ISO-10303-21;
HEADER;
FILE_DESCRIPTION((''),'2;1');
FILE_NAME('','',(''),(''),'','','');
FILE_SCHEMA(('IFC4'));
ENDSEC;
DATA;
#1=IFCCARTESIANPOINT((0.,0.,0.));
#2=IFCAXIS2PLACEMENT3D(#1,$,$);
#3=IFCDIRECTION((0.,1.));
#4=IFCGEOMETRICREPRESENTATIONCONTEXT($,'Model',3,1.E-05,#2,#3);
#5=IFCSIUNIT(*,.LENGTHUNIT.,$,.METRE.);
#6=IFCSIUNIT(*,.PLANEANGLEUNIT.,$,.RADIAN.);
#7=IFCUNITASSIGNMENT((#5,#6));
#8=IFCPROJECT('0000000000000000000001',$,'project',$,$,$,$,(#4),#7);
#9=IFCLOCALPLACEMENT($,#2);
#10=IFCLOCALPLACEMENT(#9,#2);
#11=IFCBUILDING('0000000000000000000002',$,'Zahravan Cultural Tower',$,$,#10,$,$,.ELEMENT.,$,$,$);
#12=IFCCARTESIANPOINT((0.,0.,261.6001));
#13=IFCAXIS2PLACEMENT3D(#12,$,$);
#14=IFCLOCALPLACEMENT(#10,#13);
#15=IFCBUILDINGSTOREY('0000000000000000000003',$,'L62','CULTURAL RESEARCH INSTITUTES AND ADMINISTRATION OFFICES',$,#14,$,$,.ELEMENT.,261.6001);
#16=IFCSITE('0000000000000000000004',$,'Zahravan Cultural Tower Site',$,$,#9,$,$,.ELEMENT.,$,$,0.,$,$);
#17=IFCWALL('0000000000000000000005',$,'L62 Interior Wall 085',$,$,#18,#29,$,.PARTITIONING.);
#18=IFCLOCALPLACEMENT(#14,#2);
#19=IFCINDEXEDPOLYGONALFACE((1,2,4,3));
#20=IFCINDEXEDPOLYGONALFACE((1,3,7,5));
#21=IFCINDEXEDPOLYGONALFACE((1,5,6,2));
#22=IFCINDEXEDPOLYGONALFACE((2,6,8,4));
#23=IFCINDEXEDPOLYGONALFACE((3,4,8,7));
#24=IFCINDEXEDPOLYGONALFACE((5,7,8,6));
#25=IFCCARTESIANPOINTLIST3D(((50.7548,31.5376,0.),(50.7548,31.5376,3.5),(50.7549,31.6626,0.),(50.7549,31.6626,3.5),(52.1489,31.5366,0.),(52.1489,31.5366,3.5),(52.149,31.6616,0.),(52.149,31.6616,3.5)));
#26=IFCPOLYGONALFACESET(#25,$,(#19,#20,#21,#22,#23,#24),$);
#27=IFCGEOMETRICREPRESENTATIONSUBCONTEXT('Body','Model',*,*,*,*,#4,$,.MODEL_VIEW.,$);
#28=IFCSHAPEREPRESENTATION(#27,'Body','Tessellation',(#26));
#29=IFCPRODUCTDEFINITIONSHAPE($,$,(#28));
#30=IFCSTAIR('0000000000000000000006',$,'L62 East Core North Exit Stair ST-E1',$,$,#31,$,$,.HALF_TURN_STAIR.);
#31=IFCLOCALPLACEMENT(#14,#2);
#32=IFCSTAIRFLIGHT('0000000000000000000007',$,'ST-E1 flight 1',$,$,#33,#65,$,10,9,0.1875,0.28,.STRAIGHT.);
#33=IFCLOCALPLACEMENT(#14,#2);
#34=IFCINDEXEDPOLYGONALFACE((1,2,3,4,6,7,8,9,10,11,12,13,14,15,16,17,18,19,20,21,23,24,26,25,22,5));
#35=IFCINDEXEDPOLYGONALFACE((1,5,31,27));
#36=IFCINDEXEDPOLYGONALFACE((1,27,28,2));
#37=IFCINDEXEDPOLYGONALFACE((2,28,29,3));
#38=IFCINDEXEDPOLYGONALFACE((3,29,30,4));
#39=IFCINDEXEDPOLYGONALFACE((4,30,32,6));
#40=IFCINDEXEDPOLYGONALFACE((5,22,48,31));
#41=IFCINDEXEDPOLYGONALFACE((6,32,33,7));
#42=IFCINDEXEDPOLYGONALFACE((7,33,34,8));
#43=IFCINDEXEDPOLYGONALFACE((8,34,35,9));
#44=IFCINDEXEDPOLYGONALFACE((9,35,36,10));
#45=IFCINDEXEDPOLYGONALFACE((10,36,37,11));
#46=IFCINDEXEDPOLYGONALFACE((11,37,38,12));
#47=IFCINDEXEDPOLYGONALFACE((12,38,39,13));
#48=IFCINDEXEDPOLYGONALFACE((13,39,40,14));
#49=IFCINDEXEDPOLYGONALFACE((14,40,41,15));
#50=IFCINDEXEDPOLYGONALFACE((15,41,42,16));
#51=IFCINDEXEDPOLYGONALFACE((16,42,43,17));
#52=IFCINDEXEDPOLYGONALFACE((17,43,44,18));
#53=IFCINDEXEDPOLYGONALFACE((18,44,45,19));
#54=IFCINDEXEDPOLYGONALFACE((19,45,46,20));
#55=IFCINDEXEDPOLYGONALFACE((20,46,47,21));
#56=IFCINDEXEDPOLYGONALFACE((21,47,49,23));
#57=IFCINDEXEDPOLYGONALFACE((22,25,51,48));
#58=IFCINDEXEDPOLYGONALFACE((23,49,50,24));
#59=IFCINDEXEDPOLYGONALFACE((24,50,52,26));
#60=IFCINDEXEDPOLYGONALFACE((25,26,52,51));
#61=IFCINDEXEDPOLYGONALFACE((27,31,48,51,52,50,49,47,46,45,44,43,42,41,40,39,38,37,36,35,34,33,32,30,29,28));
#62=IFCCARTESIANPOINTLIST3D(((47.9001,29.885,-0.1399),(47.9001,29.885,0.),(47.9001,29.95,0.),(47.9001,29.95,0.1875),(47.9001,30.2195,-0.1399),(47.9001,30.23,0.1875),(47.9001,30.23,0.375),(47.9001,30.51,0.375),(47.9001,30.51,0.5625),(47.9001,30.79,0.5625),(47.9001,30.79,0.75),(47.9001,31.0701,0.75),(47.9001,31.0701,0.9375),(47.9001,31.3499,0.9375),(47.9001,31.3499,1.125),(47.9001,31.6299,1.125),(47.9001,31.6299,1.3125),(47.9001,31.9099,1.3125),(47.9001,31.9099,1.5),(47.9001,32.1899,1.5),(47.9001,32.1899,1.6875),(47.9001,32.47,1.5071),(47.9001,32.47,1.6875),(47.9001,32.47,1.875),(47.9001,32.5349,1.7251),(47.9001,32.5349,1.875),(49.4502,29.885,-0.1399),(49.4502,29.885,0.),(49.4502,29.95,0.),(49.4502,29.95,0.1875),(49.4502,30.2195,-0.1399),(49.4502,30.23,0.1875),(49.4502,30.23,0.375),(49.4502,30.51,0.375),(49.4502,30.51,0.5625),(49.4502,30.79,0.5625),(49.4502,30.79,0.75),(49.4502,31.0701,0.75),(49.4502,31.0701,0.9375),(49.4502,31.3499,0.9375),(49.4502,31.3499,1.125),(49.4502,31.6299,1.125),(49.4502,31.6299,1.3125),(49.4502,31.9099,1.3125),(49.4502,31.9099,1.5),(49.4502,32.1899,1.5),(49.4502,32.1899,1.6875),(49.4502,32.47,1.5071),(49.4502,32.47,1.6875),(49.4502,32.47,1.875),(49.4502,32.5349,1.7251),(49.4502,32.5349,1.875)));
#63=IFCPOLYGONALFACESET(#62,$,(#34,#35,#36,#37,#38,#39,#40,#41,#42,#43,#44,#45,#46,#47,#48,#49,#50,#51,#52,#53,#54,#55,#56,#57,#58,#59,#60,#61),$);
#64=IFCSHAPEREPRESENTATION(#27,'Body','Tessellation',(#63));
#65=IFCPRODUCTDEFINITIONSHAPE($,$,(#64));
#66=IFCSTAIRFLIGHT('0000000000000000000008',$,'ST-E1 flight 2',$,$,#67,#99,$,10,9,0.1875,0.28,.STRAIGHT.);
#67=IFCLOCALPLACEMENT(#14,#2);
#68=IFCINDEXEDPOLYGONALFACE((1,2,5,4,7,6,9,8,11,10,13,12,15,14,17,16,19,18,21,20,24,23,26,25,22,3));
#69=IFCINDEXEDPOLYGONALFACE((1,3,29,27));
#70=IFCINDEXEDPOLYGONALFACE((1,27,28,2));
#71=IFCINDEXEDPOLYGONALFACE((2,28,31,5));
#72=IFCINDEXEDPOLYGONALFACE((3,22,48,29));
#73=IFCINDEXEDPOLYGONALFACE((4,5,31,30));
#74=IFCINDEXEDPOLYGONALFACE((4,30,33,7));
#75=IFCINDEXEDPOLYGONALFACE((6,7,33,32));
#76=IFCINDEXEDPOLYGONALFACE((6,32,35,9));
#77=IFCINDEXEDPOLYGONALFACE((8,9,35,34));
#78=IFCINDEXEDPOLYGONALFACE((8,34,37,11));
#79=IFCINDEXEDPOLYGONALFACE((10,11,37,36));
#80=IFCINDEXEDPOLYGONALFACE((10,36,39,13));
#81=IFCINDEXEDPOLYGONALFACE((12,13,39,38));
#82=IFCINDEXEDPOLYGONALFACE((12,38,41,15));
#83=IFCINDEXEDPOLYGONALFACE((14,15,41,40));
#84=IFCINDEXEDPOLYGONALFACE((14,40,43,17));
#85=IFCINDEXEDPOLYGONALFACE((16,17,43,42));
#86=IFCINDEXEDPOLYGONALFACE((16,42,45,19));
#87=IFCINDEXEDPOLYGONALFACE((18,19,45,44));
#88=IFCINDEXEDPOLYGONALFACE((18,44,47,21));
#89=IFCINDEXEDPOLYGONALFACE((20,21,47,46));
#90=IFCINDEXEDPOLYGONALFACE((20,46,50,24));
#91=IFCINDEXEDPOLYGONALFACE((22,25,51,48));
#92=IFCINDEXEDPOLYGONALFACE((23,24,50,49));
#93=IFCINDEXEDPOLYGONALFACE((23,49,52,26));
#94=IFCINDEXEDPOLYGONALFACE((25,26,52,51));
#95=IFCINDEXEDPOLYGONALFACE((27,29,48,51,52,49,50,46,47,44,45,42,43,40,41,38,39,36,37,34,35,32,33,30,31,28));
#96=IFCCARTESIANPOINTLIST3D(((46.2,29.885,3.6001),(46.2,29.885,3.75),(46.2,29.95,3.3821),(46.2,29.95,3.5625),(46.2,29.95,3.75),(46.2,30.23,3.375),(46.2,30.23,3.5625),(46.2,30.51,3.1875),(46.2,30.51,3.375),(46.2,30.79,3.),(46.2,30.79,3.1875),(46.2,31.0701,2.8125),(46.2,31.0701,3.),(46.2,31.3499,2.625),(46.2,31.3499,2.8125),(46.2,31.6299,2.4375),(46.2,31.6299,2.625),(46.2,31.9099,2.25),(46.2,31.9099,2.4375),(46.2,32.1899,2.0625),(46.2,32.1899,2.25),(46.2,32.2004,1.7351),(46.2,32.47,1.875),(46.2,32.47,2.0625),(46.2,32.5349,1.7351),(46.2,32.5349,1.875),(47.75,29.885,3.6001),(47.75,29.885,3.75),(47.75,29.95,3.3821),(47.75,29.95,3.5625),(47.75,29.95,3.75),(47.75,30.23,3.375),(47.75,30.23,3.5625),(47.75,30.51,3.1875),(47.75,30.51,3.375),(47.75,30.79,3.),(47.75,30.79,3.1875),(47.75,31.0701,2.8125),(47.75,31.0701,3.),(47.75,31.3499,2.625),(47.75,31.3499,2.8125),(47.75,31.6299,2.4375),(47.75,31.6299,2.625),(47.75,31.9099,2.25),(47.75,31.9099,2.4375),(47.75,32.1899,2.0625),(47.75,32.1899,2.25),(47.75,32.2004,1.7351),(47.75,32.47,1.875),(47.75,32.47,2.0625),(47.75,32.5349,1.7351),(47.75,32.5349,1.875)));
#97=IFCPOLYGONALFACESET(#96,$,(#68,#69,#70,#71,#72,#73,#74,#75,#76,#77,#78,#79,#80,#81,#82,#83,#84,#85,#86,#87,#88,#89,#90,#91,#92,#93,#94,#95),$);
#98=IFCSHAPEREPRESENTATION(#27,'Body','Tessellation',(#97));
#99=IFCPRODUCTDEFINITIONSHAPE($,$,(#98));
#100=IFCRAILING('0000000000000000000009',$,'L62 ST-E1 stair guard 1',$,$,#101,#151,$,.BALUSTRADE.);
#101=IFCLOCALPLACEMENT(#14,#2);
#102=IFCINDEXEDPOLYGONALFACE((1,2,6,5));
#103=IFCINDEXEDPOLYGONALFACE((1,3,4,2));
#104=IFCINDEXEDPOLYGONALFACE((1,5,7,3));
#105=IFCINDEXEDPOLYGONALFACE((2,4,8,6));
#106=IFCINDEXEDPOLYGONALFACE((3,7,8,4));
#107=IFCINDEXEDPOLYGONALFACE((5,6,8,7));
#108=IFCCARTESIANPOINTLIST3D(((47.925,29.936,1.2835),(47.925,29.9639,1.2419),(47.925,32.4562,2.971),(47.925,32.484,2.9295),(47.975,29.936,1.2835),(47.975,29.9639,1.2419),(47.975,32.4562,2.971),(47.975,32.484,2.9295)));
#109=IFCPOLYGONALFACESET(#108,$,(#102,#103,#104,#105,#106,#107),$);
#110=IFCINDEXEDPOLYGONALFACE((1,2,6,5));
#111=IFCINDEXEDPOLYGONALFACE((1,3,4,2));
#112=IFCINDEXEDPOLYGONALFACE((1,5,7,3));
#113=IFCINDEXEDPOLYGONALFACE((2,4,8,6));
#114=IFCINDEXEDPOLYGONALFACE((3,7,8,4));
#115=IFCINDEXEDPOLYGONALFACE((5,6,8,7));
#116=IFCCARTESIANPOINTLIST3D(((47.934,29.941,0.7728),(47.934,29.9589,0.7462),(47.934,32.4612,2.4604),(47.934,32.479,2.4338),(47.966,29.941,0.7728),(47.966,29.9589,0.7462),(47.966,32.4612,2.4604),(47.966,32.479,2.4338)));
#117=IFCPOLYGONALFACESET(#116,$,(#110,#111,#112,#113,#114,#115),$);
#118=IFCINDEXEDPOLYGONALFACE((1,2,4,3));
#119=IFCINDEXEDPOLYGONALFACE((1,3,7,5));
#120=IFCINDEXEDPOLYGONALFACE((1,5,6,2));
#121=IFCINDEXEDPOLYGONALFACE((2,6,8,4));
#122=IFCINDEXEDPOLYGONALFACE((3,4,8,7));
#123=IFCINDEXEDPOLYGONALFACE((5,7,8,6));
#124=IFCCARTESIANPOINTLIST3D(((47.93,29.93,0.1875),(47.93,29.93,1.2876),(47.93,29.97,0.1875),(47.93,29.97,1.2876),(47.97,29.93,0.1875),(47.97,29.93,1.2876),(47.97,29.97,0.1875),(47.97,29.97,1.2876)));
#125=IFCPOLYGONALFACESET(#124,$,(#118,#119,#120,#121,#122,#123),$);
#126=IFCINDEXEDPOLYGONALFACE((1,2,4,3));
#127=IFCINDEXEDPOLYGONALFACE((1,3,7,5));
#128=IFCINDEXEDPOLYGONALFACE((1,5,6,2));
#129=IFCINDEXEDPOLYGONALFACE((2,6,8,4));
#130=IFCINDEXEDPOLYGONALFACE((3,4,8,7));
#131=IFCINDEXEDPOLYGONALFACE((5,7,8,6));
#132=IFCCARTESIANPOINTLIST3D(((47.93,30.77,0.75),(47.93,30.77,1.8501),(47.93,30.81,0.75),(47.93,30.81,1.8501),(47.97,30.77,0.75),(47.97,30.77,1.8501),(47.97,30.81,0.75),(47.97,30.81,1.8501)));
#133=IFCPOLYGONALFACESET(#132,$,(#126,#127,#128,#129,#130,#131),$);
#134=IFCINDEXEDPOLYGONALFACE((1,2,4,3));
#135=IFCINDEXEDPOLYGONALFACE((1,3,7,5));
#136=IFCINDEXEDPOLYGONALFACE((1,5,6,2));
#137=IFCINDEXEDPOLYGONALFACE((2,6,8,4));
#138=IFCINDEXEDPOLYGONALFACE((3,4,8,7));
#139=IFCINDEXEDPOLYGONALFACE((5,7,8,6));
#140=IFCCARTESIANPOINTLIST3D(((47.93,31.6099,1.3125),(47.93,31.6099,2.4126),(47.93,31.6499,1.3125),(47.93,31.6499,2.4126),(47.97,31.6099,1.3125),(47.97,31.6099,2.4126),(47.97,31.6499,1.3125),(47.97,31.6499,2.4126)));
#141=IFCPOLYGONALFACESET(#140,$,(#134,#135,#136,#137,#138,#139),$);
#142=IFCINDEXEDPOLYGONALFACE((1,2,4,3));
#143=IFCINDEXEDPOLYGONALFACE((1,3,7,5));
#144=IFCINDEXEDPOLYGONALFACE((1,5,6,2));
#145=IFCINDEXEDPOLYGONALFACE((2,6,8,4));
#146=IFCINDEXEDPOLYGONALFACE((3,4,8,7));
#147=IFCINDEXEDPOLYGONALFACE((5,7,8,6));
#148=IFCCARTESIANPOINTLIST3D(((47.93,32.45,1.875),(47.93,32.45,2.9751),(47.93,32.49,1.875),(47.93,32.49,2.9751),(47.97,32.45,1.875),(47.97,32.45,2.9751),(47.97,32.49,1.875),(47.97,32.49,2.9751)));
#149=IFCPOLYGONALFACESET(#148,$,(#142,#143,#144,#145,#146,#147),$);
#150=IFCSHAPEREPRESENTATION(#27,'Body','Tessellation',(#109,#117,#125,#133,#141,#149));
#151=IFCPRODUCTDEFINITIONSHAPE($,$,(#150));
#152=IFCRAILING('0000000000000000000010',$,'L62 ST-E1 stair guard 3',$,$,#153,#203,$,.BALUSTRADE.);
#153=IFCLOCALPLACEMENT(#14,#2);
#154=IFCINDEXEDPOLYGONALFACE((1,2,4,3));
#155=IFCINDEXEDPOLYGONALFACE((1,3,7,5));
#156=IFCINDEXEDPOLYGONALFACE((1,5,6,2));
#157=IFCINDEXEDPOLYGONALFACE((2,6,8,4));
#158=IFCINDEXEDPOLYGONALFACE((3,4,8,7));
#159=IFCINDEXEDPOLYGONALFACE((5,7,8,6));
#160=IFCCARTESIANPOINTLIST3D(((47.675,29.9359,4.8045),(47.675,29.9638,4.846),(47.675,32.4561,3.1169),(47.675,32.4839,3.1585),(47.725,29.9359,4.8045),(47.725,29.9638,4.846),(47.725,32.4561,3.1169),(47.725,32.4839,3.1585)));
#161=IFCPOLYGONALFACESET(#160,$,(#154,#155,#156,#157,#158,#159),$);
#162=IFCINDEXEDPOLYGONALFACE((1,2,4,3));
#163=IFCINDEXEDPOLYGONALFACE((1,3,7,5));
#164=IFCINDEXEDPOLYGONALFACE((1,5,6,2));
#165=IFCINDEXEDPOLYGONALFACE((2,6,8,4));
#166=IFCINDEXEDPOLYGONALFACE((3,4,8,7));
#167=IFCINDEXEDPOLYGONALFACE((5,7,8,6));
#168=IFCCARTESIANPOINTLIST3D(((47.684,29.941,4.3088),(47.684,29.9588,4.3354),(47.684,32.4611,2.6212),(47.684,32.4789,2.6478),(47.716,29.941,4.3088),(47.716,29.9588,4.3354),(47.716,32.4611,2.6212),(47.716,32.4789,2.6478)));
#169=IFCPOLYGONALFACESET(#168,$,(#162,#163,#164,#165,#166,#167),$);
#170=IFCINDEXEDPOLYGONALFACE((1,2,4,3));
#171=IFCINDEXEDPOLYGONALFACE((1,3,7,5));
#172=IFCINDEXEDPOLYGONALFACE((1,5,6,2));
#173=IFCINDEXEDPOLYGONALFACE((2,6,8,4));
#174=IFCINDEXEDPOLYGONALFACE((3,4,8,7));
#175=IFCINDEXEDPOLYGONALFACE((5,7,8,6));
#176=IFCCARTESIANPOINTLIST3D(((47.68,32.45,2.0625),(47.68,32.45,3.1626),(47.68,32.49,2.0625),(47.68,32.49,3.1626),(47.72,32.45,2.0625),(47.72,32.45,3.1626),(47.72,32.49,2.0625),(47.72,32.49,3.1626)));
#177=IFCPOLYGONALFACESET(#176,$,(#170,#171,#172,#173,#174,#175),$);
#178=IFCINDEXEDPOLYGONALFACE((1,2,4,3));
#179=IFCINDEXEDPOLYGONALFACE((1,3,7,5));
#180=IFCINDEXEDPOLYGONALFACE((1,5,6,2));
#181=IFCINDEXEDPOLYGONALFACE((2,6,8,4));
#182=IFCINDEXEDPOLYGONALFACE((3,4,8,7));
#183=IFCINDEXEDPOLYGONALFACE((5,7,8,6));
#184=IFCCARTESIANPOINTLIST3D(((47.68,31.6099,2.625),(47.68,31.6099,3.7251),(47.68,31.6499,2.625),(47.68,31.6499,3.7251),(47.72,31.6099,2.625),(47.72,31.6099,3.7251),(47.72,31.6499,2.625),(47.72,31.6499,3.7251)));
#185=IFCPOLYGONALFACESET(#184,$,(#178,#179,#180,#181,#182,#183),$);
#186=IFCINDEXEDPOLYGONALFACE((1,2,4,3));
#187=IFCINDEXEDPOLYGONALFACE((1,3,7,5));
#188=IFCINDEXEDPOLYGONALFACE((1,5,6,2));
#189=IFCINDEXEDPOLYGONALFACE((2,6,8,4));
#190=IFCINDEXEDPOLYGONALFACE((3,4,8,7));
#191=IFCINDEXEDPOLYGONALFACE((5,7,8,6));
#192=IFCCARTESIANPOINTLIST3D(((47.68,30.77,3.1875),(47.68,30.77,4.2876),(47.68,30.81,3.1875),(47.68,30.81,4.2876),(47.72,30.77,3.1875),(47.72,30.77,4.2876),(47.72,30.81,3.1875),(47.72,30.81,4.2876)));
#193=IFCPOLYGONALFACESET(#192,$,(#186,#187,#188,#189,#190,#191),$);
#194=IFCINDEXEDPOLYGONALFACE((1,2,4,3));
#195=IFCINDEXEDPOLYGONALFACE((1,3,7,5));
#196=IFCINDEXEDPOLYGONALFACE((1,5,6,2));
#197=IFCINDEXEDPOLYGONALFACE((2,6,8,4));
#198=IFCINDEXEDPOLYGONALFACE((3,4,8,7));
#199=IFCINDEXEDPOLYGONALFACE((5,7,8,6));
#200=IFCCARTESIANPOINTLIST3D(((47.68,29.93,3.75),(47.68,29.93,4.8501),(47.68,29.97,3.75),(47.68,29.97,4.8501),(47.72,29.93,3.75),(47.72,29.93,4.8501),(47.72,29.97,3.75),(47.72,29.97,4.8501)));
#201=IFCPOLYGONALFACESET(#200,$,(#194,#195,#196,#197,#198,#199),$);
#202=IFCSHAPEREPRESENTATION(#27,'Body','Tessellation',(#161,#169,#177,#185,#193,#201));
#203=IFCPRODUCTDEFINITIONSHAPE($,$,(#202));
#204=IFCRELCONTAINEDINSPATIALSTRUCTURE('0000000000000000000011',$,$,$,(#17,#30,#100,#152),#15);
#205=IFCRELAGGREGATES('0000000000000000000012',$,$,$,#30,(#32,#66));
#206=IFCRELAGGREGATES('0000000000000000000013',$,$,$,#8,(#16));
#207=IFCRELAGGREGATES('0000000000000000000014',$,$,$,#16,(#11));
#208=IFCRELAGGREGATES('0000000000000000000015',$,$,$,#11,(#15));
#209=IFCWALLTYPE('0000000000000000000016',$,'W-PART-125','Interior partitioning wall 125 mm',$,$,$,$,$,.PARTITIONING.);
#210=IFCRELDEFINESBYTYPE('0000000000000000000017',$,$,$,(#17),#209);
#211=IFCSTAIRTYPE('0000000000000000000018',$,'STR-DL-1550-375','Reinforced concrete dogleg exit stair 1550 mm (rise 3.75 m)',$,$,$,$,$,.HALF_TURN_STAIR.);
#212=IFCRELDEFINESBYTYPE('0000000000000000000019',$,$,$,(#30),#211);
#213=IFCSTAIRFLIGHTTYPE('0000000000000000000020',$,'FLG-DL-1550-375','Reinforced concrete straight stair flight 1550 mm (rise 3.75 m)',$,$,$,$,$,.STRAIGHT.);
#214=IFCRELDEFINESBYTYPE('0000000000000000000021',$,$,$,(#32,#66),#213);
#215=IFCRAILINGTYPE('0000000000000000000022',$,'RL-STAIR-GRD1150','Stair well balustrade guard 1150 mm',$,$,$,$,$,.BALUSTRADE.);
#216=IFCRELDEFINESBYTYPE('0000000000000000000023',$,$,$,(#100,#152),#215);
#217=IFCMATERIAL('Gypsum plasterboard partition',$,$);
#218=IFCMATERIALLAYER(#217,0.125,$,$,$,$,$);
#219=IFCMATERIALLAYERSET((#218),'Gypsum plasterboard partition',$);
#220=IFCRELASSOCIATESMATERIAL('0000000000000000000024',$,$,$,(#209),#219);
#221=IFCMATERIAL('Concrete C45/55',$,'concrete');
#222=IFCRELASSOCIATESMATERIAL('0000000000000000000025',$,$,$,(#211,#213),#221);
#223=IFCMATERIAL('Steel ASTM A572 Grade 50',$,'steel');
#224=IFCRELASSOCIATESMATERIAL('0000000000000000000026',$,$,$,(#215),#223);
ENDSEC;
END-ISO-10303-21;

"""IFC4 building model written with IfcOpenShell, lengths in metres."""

from ifc_helpers import new_model, si_unit, direction, frame, frame_2d, origin, origin_2d, place, context, subcontext, project, spatial, polyline, rectangle, outline, extrude, source, transform, mapped, material, layer, layer_set, type_object, element, aggregate, save


model = new_model("IFC4")

# Units and contexts
model_context = context("Model", 3, precision=1e-05, world=origin(), true_north=direction((0.0, 1.0)))
body_context = subcontext(model_context, "Body", "Model", "MODEL_VIEW")
ifc_project = project(units=[si_unit("LENGTHUNIT", "METRE"), si_unit("PLANEANGLEUNIT", "RADIAN")], contexts=[model_context])

# Site, building, storey
site_placement = place(None, origin())
site = spatial("IfcSite", under=ifc_project, at=site_placement, Name="Zahravan Cultural Tower Site", CompositionType="ELEMENT", RefElevation=0.0)
building_placement = place(site_placement, origin())
building = spatial("IfcBuilding", under=site, at=building_placement, Name="Zahravan Cultural Tower", CompositionType="ELEMENT")
storey_placement = place(building_placement, frame((0.0, 0.0, 261.6001)))
storey = spatial("IfcBuildingStorey", under=building, at=storey_placement, Name="L62", Description="CULTURAL RESEARCH INSTITUTES AND ADMINISTRATION OFFICES", CompositionType="ELEMENT", Elevation=261.6001)

# Wall
ifc_material_1 = material(Name="Concrete C45/55", Category="concrete")
ifc_material_2 = material(Name="Gypsum plasterboard partition")
ifc_layer_1 = layer(ifc_material_2, 0.125)
ifc_layer_set_1 = layer_set([ifc_layer_1], Name="Gypsum plasterboard partition")
wall_type_1 = type_object("IfcWallType", Name="W-PART-125", Description="Interior partitioning wall 125 mm", PredefinedType="PARTITIONING", material=ifc_layer_set_1)
shared_shape_1 = source(origin(), body_context, "Body", "SweptSolid", [
    extrude(rectangle(XDim=1.394, YDim=0.125, at=frame_2d((0.697, 0.0))), origin(), (0.0, 0.0, 1.0), 3.5),
])
wall_1_placement = place(storey_placement, frame((52.1489, 31.5991, 0.0), z_axis=(0.0, 0.0, 1.0), x_axis=(-1.0, 0.000701, 0.0)))
element("IfcWall", 1, at=wall_1_placement, inside=storey, type_object=wall_type_1, Name="L62 Interior Wall 085", PredefinedType="PARTITIONING", context=body_context, shape_type="MappedRepresentation", body=[
    mapped(shared_shape_1, transform((0.0, 0.0, 0.0), x_axis=(1.0, 0.0, 0.0), y_axis=(0.0, 1.0, 0.0), z_axis=(0.0, 0.0, 1.0), scale=1.0)),
])

# Stair, stair flights
stair_type = type_object("IfcStairType", Name="STR-DL-1550-375", Description="Reinforced concrete dogleg exit stair 1550 mm (rise 3.75 m)", PredefinedType="HALF_TURN_STAIR", material=ifc_material_1)
stair_placement = place(storey_placement, origin())
stair = element("IfcStair", 2, at=stair_placement, inside=storey, type_object=stair_type, Name="L62 East Core North Exit Stair ST-E1", PredefinedType="HALF_TURN_STAIR")
stair_flight_type = type_object("IfcStairFlightType", Name="FLG-DL-1550-375", Description="Reinforced concrete straight stair flight 1550 mm (rise 3.75 m)", PredefinedType="STRAIGHT", material=ifc_material_1)
stair_flight_1_placement = place(storey_placement, frame((48.675, 29.95, 0.0), z_axis=(0.0, 0.0, 1.0), x_axis=(0.0, 1.0, 0.0)))
stair_flight_1 = element("IfcStairFlight", 3, at=stair_flight_1_placement, type_object=stair_flight_type, Name="ST-E1 flight 1", NumberOfRisers=10, NumberOfTreads=9, PredefinedType="STRAIGHT", RiserHeight=0.1875, TreadLength=0.28, context=body_context, shape_type="SweptSolid", body=[
    extrude(outline(polyline([(-0.0649, -0.1399), (-0.0649, 0.0), (0.0, 0.0), (0.0, 0.1875), (0.28, 0.1875), (0.28, 0.375), (0.5601, 0.375), (0.5601, 0.5625), (0.8401, 0.5625), (0.8401, 0.75), (1.1201, 0.75), (1.1201, 0.9375), (1.3999, 0.9375), (1.3999, 1.125), (1.6799, 1.125), (1.6799, 1.3125), (1.96, 1.3125), (1.96, 1.5), (2.24, 1.5), (2.24, 1.6875), (2.52, 1.6875), (2.52, 1.875), (2.585, 1.875), (2.585, 1.7251), (2.52, 1.5071), (0.2695, -0.1399), (-0.0649, -0.1399)])), frame((0.0, 0.7749, 0.0), z_axis=(0.0, -1.0, 0.0), x_axis=(1.0, 0.0, 0.0)), (0.0, 0.0, 1.0), 1.55),
])
stair_flight_2_placement = place(storey_placement, frame((46.9751, 32.47, 1.875), z_axis=(0.0, 0.0, 1.0), x_axis=(0.0, -1.0, 0.0)))
stair_flight_2 = element("IfcStairFlight", 4, at=stair_flight_2_placement, type_object=stair_flight_type, Name="ST-E1 flight 2", NumberOfRisers=10, NumberOfTreads=9, PredefinedType="STRAIGHT", RiserHeight=0.1875, TreadLength=0.28, context=body_context, shape_type="SweptSolid", body=[
    extrude(outline(polyline([(-0.0649, -0.1399), (-0.0649, 0.0), (0.0, 0.0), (0.0, 0.1875), (0.28, 0.1875), (0.28, 0.375), (0.5601, 0.375), (0.5601, 0.5625), (0.8401, 0.5625), (0.8401, 0.75), (1.1201, 0.75), (1.1201, 0.9375), (1.3999, 0.9375), (1.3999, 1.125), (1.6799, 1.125), (1.6799, 1.3125), (1.96, 1.3125), (1.96, 1.5), (2.24, 1.5), (2.24, 1.6875), (2.52, 1.6875), (2.52, 1.875), (2.585, 1.875), (2.585, 1.7251), (2.52, 1.5071), (0.2695, -0.1399), (-0.0649, -0.1399)])), frame((0.0, 0.7749, 0.0), z_axis=(0.0, -1.0, 0.0), x_axis=(1.0, 0.0, 0.0)), (0.0, 0.0, 1.0), 1.55),
])
aggregate(stair, [stair_flight_1, stair_flight_2])

# Railings
ifc_material_3 = material(Name="Steel ASTM A572 Grade 50", Category="steel")
railing_type_1 = type_object("IfcRailingType", Name="RL-STAIR-GRD1150", Description="Stair well balustrade guard 1150 mm", PredefinedType="BALUSTRADE", material=ifc_material_3)
railing_1_placement = place(storey_placement, frame((47.95, 29.95, 0.1875)))
element("IfcRailing", 5, at=railing_1_placement, inside=storey, type_object=railing_type_1, Name="L62 ST-E1 stair guard 1", PredefinedType="BALUSTRADE", context=body_context, shape_type="SweptSolid", body=[
    extrude(rectangle(XDim=0.05, YDim=0.05, at=origin_2d()), frame((0.0, 0.0, 1.0752), z_axis=(0.0, 0.830909, 0.556408), x_axis=(-1.0, 0.0, 0.0)), (0.0, 0.0, 1.0), 3.033),
    extrude(rectangle(XDim=0.032, YDim=0.032, at=origin_2d()), frame((0.0, 0.0, 0.572), z_axis=(0.0, 0.830909, 0.556408), x_axis=(-1.0, 0.0, 0.0)), (0.0, 0.0, 1.0), 3.033),
    extrude(rectangle(XDim=0.04, YDim=0.04, at=origin_2d()), origin(), (0.0, 0.0, 1.0), 1.1001),
    extrude(rectangle(XDim=0.04, YDim=0.04, at=origin_2d()), frame((0.0, 0.8401, 0.5625)), (0.0, 0.0, 1.0), 1.1001),
    extrude(rectangle(XDim=0.04, YDim=0.04, at=origin_2d()), frame((0.0, 1.6799, 1.125)), (0.0, 0.0, 1.0), 1.1001),
    extrude(rectangle(XDim=0.04, YDim=0.04, at=origin_2d()), frame((0.0, 2.52, 1.6875)), (0.0, 0.0, 1.0), 1.1001),
])
railing_2_placement = place(storey_placement, frame((47.7, 32.47, 2.0625)))
element("IfcRailing", 6, at=railing_2_placement, inside=storey, type_object=railing_type_1, Name="L62 ST-E1 stair guard 3", PredefinedType="BALUSTRADE", context=body_context, shape_type="SweptSolid", body=[
    extrude(rectangle(XDim=0.05, YDim=0.05, at=origin_2d()), frame((0.0, 0.0, 1.0752), z_axis=(0.0, -0.830909, 0.556408), x_axis=(1.0, 0.0, 0.0)), (0.0, 0.0, 1.0), 3.033),
    extrude(rectangle(XDim=0.032, YDim=0.032, at=origin_2d()), frame((0.0, 0.0, 0.572), z_axis=(0.0, -0.830909, 0.556408), x_axis=(1.0, 0.0, 0.0)), (0.0, 0.0, 1.0), 3.033),
    extrude(rectangle(XDim=0.04, YDim=0.04, at=origin_2d()), origin(), (0.0, 0.0, 1.0), 1.1001),
    extrude(rectangle(XDim=0.04, YDim=0.04, at=origin_2d()), frame((0.0, -0.8401, 0.5625)), (0.0, 0.0, 1.0), 1.1001),
    extrude(rectangle(XDim=0.04, YDim=0.04, at=origin_2d()), frame((0.0, -1.6799, 1.125)), (0.0, 0.0, 1.0), 1.1001),
    extrude(rectangle(XDim=0.04, YDim=0.04, at=origin_2d()), frame((0.0, -2.52, 1.6875)), (0.0, 0.0, 1.0), 1.1001),
])

save(model, "model.ifc")
